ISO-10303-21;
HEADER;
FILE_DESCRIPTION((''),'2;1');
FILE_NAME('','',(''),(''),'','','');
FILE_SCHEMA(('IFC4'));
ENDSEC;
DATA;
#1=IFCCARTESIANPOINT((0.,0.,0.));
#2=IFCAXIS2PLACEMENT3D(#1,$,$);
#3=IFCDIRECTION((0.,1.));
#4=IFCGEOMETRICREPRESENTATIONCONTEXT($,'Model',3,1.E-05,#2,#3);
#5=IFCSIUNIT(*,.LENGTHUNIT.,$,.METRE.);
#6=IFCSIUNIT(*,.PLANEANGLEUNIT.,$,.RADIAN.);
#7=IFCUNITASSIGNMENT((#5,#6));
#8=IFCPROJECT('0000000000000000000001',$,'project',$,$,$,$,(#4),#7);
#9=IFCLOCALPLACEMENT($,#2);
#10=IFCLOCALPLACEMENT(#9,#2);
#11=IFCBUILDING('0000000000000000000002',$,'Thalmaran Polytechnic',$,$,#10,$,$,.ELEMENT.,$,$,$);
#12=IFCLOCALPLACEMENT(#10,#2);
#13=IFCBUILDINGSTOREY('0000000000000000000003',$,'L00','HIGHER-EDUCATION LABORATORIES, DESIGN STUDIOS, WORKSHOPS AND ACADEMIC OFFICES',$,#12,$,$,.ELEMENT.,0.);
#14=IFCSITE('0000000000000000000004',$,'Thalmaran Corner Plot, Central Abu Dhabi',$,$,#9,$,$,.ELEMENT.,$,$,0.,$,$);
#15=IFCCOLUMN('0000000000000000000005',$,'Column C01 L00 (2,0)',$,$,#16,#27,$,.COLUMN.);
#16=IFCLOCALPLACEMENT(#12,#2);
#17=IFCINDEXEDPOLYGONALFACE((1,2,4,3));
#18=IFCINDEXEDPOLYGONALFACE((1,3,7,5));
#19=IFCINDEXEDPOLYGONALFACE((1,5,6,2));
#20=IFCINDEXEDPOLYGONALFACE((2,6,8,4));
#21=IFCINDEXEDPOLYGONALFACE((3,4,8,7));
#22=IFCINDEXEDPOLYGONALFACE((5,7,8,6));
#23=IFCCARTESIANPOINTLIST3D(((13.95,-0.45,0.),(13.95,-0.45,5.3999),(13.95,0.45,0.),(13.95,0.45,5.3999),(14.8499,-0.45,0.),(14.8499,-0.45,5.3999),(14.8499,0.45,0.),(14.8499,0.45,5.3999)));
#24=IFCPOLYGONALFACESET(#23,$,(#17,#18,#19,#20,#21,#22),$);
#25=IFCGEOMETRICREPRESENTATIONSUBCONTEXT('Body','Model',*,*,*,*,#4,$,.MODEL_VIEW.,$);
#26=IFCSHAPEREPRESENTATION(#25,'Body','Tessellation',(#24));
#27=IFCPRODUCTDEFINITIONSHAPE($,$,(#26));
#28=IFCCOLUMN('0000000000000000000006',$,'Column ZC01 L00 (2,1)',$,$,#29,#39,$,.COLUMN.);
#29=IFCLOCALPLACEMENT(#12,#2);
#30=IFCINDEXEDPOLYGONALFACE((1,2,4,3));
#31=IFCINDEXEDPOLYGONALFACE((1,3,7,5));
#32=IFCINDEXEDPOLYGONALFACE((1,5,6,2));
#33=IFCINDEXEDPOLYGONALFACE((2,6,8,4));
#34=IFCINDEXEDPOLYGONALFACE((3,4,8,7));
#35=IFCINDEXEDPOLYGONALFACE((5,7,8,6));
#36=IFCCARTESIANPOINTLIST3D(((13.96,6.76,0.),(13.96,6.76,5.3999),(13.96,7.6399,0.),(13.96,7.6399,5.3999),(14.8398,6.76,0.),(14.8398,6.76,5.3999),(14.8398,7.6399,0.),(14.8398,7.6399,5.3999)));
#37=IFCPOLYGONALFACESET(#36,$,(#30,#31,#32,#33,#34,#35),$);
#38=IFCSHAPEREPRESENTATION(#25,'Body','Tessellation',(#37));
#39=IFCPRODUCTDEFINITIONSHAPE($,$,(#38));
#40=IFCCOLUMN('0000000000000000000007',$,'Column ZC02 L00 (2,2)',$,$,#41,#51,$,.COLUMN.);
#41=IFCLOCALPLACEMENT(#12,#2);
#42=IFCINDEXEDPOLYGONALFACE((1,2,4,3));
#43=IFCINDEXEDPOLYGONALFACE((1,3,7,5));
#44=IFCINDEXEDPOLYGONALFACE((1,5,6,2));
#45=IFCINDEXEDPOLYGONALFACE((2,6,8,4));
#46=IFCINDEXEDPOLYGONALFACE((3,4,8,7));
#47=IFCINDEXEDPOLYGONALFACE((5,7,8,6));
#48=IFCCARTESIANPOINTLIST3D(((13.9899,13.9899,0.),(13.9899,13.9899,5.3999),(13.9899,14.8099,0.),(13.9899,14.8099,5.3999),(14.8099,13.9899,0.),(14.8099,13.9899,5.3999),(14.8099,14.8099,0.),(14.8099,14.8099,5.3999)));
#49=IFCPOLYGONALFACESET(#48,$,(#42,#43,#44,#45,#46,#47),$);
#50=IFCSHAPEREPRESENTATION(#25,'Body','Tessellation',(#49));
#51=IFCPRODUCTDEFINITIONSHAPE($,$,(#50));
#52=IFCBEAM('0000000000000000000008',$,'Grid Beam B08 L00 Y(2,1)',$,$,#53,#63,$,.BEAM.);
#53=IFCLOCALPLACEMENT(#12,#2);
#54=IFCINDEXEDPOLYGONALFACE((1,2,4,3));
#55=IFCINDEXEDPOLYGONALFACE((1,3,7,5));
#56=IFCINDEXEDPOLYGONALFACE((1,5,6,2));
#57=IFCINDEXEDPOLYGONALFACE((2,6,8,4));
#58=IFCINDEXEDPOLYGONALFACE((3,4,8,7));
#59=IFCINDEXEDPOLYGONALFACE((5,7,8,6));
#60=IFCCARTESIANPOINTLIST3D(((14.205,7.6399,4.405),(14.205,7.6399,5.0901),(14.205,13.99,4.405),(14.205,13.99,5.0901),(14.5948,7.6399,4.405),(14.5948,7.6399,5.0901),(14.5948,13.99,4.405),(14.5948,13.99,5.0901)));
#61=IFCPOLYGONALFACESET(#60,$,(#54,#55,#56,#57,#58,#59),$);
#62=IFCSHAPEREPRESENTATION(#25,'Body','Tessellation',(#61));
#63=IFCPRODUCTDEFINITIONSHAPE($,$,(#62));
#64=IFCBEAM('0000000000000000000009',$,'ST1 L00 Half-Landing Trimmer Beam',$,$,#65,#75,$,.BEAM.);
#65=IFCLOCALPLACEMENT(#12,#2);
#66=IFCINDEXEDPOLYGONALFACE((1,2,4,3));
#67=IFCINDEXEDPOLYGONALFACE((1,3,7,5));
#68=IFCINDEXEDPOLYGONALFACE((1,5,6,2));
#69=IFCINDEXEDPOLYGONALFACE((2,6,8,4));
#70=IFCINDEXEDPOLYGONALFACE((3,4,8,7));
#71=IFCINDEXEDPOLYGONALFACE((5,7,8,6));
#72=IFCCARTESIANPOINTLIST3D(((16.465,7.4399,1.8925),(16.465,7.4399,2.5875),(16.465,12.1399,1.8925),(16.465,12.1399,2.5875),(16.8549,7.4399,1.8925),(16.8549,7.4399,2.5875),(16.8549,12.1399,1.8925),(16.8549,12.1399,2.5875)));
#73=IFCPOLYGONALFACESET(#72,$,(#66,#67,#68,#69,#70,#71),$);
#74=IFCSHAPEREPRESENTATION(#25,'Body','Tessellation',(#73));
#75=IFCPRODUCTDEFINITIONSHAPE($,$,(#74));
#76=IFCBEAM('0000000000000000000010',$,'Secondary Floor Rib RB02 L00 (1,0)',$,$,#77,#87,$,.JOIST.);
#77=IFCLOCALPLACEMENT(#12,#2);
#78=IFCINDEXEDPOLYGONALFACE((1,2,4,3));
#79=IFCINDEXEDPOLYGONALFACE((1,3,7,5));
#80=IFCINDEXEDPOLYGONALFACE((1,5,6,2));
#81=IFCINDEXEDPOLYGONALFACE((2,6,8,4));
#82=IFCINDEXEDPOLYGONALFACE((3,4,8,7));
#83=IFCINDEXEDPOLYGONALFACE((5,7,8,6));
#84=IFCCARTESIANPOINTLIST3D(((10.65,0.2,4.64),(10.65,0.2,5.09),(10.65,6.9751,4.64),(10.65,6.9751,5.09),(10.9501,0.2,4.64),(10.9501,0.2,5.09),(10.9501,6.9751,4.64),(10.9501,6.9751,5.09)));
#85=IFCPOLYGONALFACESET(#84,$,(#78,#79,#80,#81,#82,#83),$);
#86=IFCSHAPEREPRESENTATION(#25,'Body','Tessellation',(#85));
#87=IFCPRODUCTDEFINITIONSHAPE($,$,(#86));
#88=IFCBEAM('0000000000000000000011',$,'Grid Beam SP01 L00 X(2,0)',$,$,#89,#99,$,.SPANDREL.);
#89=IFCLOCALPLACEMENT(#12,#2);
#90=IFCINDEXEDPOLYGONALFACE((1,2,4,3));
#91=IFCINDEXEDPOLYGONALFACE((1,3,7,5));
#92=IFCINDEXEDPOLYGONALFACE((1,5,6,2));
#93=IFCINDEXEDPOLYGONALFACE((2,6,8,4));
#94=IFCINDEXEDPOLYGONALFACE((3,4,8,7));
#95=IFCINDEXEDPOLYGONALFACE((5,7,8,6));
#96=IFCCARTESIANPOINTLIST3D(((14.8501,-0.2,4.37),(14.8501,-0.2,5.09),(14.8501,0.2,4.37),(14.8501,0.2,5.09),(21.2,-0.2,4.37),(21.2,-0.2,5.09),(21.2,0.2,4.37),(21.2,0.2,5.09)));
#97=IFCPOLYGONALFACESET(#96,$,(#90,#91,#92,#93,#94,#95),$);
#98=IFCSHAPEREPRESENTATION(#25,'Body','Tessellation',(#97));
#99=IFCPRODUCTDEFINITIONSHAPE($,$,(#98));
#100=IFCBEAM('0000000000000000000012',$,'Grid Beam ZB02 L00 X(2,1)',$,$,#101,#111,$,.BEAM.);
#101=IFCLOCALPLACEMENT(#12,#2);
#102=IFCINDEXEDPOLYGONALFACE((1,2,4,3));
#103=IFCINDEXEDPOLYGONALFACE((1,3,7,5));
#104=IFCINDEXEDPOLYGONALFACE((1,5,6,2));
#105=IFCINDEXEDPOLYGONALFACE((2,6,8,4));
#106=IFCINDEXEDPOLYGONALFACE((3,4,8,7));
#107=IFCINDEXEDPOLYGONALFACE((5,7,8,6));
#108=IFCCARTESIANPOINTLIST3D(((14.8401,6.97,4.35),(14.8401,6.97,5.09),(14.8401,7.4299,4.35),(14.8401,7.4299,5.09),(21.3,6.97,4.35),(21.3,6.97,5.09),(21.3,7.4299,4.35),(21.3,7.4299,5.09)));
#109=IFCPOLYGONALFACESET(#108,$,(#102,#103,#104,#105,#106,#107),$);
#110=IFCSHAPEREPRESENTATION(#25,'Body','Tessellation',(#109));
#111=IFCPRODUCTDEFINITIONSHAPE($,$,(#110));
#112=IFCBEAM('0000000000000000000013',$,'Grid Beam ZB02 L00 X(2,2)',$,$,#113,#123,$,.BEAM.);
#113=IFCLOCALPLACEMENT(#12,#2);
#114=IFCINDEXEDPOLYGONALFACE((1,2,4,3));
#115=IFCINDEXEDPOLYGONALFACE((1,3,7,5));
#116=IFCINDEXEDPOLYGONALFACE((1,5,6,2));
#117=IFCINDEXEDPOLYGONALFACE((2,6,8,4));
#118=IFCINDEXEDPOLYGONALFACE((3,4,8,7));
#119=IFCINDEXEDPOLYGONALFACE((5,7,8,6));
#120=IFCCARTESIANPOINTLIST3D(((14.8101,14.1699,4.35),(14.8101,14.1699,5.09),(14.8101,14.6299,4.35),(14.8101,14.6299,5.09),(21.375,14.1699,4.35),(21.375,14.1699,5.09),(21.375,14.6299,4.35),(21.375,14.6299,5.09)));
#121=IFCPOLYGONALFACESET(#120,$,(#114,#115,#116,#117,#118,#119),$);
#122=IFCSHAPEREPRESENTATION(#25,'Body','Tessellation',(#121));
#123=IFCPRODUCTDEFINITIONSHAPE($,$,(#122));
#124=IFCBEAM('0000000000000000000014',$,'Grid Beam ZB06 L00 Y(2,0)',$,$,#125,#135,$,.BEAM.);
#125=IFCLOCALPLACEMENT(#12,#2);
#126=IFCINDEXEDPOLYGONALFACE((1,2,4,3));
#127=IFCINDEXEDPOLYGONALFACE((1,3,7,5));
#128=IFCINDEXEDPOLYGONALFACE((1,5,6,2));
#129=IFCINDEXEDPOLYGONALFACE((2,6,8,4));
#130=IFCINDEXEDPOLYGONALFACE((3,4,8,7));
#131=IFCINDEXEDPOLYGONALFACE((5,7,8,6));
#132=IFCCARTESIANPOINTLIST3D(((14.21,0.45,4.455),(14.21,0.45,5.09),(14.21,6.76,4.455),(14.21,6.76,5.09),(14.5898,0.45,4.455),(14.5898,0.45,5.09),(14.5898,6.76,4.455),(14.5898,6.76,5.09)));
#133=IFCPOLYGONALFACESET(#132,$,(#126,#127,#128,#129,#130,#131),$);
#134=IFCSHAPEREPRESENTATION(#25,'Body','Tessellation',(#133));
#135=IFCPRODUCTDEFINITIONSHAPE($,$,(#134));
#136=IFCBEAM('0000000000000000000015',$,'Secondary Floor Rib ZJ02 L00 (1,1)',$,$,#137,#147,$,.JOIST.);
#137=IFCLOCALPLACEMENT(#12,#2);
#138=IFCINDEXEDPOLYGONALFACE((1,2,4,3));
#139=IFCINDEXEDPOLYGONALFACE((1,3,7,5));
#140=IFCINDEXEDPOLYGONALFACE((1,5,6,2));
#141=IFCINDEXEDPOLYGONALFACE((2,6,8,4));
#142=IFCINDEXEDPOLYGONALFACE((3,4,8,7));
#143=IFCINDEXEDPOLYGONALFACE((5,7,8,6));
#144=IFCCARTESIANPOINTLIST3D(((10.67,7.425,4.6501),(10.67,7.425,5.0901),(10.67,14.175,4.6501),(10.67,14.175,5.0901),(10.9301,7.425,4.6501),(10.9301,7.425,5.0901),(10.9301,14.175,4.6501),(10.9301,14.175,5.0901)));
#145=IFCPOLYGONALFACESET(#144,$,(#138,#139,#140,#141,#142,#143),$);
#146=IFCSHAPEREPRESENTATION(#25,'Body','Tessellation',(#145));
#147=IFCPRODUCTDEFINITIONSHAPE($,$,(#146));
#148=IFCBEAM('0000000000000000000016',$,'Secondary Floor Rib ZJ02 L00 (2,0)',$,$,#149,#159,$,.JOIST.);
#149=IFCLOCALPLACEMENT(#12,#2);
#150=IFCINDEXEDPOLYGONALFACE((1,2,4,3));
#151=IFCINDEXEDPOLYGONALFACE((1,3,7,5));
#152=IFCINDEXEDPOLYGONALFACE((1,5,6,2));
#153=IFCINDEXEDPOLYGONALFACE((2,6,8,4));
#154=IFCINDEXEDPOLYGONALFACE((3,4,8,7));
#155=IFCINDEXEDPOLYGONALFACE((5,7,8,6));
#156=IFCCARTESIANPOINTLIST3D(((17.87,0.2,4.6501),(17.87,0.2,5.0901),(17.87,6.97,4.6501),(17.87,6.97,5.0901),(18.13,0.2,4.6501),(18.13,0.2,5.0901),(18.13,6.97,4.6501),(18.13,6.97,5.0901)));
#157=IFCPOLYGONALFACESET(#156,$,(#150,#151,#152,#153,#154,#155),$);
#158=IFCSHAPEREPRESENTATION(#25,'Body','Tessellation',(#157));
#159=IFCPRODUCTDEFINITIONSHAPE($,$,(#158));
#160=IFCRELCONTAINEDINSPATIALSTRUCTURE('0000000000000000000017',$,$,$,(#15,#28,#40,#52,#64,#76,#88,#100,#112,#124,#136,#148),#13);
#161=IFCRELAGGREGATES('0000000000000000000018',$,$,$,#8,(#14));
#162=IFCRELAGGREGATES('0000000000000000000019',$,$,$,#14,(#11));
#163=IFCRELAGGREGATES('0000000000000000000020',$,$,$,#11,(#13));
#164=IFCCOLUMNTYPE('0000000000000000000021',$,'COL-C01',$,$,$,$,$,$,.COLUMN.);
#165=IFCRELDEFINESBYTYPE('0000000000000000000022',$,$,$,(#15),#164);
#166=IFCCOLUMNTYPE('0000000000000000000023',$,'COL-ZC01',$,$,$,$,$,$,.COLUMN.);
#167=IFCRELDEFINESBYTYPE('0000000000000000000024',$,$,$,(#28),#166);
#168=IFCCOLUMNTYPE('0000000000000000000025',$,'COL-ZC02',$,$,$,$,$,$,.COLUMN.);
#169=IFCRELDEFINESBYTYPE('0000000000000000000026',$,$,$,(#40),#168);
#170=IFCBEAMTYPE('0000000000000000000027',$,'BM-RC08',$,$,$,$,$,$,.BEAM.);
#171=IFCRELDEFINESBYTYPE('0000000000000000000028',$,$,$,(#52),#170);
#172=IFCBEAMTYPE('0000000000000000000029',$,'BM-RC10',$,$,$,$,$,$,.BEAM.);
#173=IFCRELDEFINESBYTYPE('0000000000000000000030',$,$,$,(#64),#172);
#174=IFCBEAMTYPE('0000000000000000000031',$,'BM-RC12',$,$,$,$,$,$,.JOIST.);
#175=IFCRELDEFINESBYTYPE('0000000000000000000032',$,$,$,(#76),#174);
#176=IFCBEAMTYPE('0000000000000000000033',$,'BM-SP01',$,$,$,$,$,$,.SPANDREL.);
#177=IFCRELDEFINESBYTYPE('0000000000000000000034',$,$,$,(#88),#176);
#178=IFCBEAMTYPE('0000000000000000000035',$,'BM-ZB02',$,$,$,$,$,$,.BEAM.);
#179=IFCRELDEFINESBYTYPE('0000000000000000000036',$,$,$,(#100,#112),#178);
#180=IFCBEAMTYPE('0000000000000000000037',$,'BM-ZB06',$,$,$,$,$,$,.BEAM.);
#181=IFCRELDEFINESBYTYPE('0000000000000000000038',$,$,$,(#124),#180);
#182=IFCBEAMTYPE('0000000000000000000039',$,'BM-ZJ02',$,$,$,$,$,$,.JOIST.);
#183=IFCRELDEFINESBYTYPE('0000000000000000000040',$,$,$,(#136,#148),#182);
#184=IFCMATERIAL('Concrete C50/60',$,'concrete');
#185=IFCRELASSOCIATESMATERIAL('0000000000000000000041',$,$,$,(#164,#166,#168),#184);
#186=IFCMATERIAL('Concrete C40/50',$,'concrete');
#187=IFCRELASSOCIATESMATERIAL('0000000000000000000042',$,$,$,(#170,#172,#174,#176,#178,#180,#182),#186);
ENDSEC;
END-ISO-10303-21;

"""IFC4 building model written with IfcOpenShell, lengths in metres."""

from ifc_helpers import new_model, si_unit, direction, frame, origin, origin_2d, place, context, subcontext, project, spatial, rectangle, extrude, material, material_profile, profile_set, type_object, element, save


model = new_model("IFC4")

# Units and contexts
model_context = context("Model", 3, precision=1e-05, world=origin(), true_north=direction((0.0, 1.0)))
body_context = subcontext(model_context, "Body", "Model", "MODEL_VIEW")
ifc_project = project(units=[si_unit("LENGTHUNIT", "METRE"), si_unit("PLANEANGLEUNIT", "RADIAN")], contexts=[model_context])

# Site, building, storey
site_placement = place(None, origin())
site = spatial("IfcSite", under=ifc_project, at=site_placement, Name="Thalmaran Corner Plot, Central Abu Dhabi", CompositionType="ELEMENT", RefElevation=0.0)
building_placement = place(site_placement, origin())
building = spatial("IfcBuilding", under=site, at=building_placement, Name="Thalmaran Polytechnic", CompositionType="ELEMENT")
storey_placement = place(building_placement, origin())
storey = spatial("IfcBuildingStorey", under=building, at=storey_placement, Name="L00", Description="HIGHER-EDUCATION LABORATORIES, DESIGN STUDIOS, WORKSHOPS AND ACADEMIC OFFICES", CompositionType="ELEMENT", Elevation=0.0)

# Columns
ifc_material_1 = material(Name="Concrete C50/60", Category="concrete")
ifc_material_profile_1 = material_profile(ifc_material_1, rectangle(XDim=0.8999, YDim=0.8999, at=origin_2d()), Name="RC 900x900")
ifc_profile_set_1 = profile_set([ifc_material_profile_1], Name="Concrete C50/60")
column_type_1 = type_object("IfcColumnType", Name="COL-C01", PredefinedType="COLUMN", material=ifc_profile_set_1)
column_1_placement = place(storey_placement, frame((14.3999, 0.0, 0.0), z_axis=(0.0, 0.0, 1.0), x_axis=(1.0, 0.0, 0.0)))
element("IfcColumn", 1, at=column_1_placement, inside=storey, type_object=column_type_1, Name="Column C01 L00 (2,0)", PredefinedType="COLUMN", context=body_context, shape_type="SweptSolid", body=[
    extrude(rectangle(XDim=0.8999, YDim=0.8999, at=origin_2d()), origin(), (0.0, 0.0, 1.0), 5.3999),
])
ifc_material_profile_2 = material_profile(ifc_material_1, rectangle(XDim=0.8799, YDim=0.8799, at=origin_2d()), Name="RC 880x880")
ifc_profile_set_2 = profile_set([ifc_material_profile_2], Name="Concrete C50/60")
column_type_2 = type_object("IfcColumnType", Name="COL-ZC01", PredefinedType="COLUMN", material=ifc_profile_set_2)
column_2_placement = place(storey_placement, frame((14.3999, 7.2, 0.0), z_axis=(0.0, 0.0, 1.0), x_axis=(1.0, 0.0, 0.0)))
element("IfcColumn", 2, at=column_2_placement, inside=storey, type_object=column_type_2, Name="Column ZC01 L00 (2,1)", PredefinedType="COLUMN", context=body_context, shape_type="SweptSolid", body=[
    extrude(rectangle(XDim=0.8799, YDim=0.8799, at=origin_2d()), origin(), (0.0, 0.0, 1.0), 5.3999),
])
ifc_material_profile_3 = material_profile(ifc_material_1, rectangle(XDim=0.8201, YDim=0.8201, at=origin_2d()), Name="RC 820x820")
ifc_profile_set_3 = profile_set([ifc_material_profile_3], Name="Concrete C50/60")
column_type_3 = type_object("IfcColumnType", Name="COL-ZC02", PredefinedType="COLUMN", material=ifc_profile_set_3)
column_3_placement = place(storey_placement, frame((14.3999, 14.3999, 0.0), z_axis=(0.0, 0.0, 1.0), x_axis=(1.0, 0.0, 0.0)))
element("IfcColumn", 3, at=column_3_placement, inside=storey, type_object=column_type_3, Name="Column ZC02 L00 (2,2)", PredefinedType="COLUMN", context=body_context, shape_type="SweptSolid", body=[
    extrude(rectangle(XDim=0.8201, YDim=0.8201, at=origin_2d()), origin(), (0.0, 0.0, 1.0), 5.3999),
])

# Beams
ifc_material_2 = material(Name="Concrete C40/50", Category="concrete")
ifc_material_profile_4 = material_profile(ifc_material_2, rectangle(XDim=0.3899, YDim=0.6851, at=origin_2d()), Name="RC 390x685")
ifc_profile_set_4 = profile_set([ifc_material_profile_4], Name="Concrete C40/50")
beam_type_1 = type_object("IfcBeamType", Name="BM-RC08", PredefinedType="BEAM", material=ifc_profile_set_4)
beam_1_placement = place(storey_placement, frame((14.3999, 7.6399, 4.7476), z_axis=(0.0, 1.0, 0.0), x_axis=(-1.0, 0.0, 0.0)))
element("IfcBeam", 4, at=beam_1_placement, inside=storey, type_object=beam_type_1, Name="Grid Beam B08 L00 Y(2,1)", PredefinedType="BEAM", context=body_context, shape_type="SweptSolid", body=[
    extrude(rectangle(XDim=0.3899, YDim=0.6851, at=origin_2d()), origin(), (0.0, 0.0, 1.0), 6.3501),
])
ifc_material_profile_5 = material_profile(ifc_material_2, rectangle(XDim=0.3899, YDim=0.6951, at=origin_2d()), Name="RC 390x695")
ifc_profile_set_5 = profile_set([ifc_material_profile_5], Name="Concrete C40/50")
beam_type_2 = type_object("IfcBeamType", Name="BM-RC10", PredefinedType="BEAM", material=ifc_profile_set_5)
beam_2_placement = place(storey_placement, frame((16.6599, 7.4399, 2.24), z_axis=(0.0, 1.0, 0.0), x_axis=(-1.0, 0.0, 0.0)))
element("IfcBeam", 5, at=beam_2_placement, inside=storey, type_object=beam_type_2, Name="ST1 L00 Half-Landing Trimmer Beam", PredefinedType="BEAM", context=body_context, shape_type="SweptSolid", body=[
    extrude(rectangle(XDim=0.3899, YDim=0.6951, at=origin_2d()), origin(), (0.0, 0.0, 1.0), 4.7),
])
ifc_material_profile_6 = material_profile(ifc_material_2, rectangle(XDim=0.3, YDim=0.45, at=origin_2d()), Name="RC 300x450")
ifc_profile_set_6 = profile_set([ifc_material_profile_6], Name="Concrete C40/50")
beam_type_3 = type_object("IfcBeamType", Name="BM-RC12", PredefinedType="JOIST", material=ifc_profile_set_6)
beam_3_placement = place(storey_placement, frame((10.8, 0.2, 4.865), z_axis=(0.0, 1.0, 0.0), x_axis=(-1.0, 0.0, 0.0)))
element("IfcBeam", 6, at=beam_3_placement, inside=storey, type_object=beam_type_3, Name="Secondary Floor Rib RB02 L00 (1,0)", PredefinedType="JOIST", context=body_context, shape_type="SweptSolid", body=[
    extrude(rectangle(XDim=0.3, YDim=0.45, at=origin_2d()), origin(), (0.0, 0.0, 1.0), 6.7751),
])
ifc_material_profile_7 = material_profile(ifc_material_2, rectangle(XDim=0.3999, YDim=0.72, at=origin_2d()), Name="RC 400x720")
ifc_profile_set_7 = profile_set([ifc_material_profile_7], Name="Concrete C40/50")
beam_type_4 = type_object("IfcBeamType", Name="BM-SP01", PredefinedType="SPANDREL", material=ifc_profile_set_7)
beam_4_placement = place(storey_placement, frame((14.8501, 0.0, 4.73), z_axis=(1.0, 0.0, 0.0), x_axis=(0.0, 1.0, 0.0)))
element("IfcBeam", 7, at=beam_4_placement, inside=storey, type_object=beam_type_4, Name="Grid Beam SP01 L00 X(2,0)", PredefinedType="SPANDREL", context=body_context, shape_type="SweptSolid", body=[
    extrude(rectangle(XDim=0.3999, YDim=0.72, at=origin_2d()), origin(), (0.0, 0.0, 1.0), 6.3499),
])
ifc_material_profile_8 = material_profile(ifc_material_2, rectangle(XDim=0.46, YDim=0.74, at=origin_2d()), Name="RC 460x740")
ifc_profile_set_8 = profile_set([ifc_material_profile_8], Name="Concrete C40/50")
beam_type_5 = type_object("IfcBeamType", Name="BM-ZB02", PredefinedType="BEAM", material=ifc_profile_set_8)
beam_5_placement = place(storey_placement, frame((14.8401, 7.2, 4.72), z_axis=(1.0, 0.0, 0.0), x_axis=(0.0, 1.0, 0.0)))
element("IfcBeam", 8, at=beam_5_placement, inside=storey, type_object=beam_type_5, Name="Grid Beam ZB02 L00 X(2,1)", PredefinedType="BEAM", context=body_context, shape_type="SweptSolid", body=[
    extrude(rectangle(XDim=0.46, YDim=0.74, at=origin_2d()), origin(), (0.0, 0.0, 1.0), 6.46),
])
beam_6_placement = place(storey_placement, frame((14.8101, 14.3999, 4.72), z_axis=(1.0, 0.0, 0.0), x_axis=(0.0, 1.0, 0.0)))
element("IfcBeam", 9, at=beam_6_placement, inside=storey, type_object=beam_type_5, Name="Grid Beam ZB02 L00 X(2,2)", PredefinedType="BEAM", context=body_context, shape_type="SweptSolid", body=[
    extrude(rectangle(XDim=0.46, YDim=0.74, at=origin_2d()), origin(), (0.0, 0.0, 1.0), 6.5649),
])
ifc_material_profile_9 = material_profile(ifc_material_2, rectangle(XDim=0.3799, YDim=0.635, at=origin_2d()), Name="RC 380x635")
ifc_profile_set_9 = profile_set([ifc_material_profile_9], Name="Concrete C40/50")
beam_type_6 = type_object("IfcBeamType", Name="BM-ZB06", PredefinedType="BEAM", material=ifc_profile_set_9)
beam_7_placement = place(storey_placement, frame((14.3999, 0.45, 4.7725), z_axis=(0.0, 1.0, 0.0), x_axis=(-1.0, 0.0, 0.0)))
element("IfcBeam", 10, at=beam_7_placement, inside=storey, type_object=beam_type_6, Name="Grid Beam ZB06 L00 Y(2,0)", PredefinedType="BEAM", context=body_context, shape_type="SweptSolid", body=[
    extrude(rectangle(XDim=0.3799, YDim=0.635, at=origin_2d()), origin(), (0.0, 0.0, 1.0), 6.3101),
])
ifc_material_profile_10 = material_profile(ifc_material_2, rectangle(XDim=0.26, YDim=0.4399, at=origin_2d()), Name="RC 260x440")
ifc_profile_set_10 = profile_set([ifc_material_profile_10], Name="Concrete C40/50")
beam_type_7 = type_object("IfcBeamType", Name="BM-ZJ02", PredefinedType="JOIST", material=ifc_profile_set_10)
beam_8_placement = place(storey_placement, frame((10.8, 7.425, 4.8701), z_axis=(0.0, 1.0, 0.0), x_axis=(-1.0, 0.0, 0.0)))
element("IfcBeam", 11, at=beam_8_placement, inside=storey, type_object=beam_type_7, Name="Secondary Floor Rib ZJ02 L00 (1,1)", PredefinedType="JOIST", context=body_context, shape_type="SweptSolid", body=[
    extrude(rectangle(XDim=0.26, YDim=0.4399, at=origin_2d()), origin(), (0.0, 0.0, 1.0), 6.75),
])
beam_9_placement = place(storey_placement, frame((18.0, 0.2, 4.8701), z_axis=(0.0, 1.0, 0.0), x_axis=(-1.0, 0.0, 0.0)))
element("IfcBeam", 12, at=beam_9_placement, inside=storey, type_object=beam_type_7, Name="Secondary Floor Rib ZJ02 L00 (2,0)", PredefinedType="JOIST", context=body_context, shape_type="SweptSolid", body=[
    extrude(rectangle(XDim=0.26, YDim=0.4399, at=origin_2d()), origin(), (0.0, 0.0, 1.0), 6.77),
])

save(model, "model.ifc")
